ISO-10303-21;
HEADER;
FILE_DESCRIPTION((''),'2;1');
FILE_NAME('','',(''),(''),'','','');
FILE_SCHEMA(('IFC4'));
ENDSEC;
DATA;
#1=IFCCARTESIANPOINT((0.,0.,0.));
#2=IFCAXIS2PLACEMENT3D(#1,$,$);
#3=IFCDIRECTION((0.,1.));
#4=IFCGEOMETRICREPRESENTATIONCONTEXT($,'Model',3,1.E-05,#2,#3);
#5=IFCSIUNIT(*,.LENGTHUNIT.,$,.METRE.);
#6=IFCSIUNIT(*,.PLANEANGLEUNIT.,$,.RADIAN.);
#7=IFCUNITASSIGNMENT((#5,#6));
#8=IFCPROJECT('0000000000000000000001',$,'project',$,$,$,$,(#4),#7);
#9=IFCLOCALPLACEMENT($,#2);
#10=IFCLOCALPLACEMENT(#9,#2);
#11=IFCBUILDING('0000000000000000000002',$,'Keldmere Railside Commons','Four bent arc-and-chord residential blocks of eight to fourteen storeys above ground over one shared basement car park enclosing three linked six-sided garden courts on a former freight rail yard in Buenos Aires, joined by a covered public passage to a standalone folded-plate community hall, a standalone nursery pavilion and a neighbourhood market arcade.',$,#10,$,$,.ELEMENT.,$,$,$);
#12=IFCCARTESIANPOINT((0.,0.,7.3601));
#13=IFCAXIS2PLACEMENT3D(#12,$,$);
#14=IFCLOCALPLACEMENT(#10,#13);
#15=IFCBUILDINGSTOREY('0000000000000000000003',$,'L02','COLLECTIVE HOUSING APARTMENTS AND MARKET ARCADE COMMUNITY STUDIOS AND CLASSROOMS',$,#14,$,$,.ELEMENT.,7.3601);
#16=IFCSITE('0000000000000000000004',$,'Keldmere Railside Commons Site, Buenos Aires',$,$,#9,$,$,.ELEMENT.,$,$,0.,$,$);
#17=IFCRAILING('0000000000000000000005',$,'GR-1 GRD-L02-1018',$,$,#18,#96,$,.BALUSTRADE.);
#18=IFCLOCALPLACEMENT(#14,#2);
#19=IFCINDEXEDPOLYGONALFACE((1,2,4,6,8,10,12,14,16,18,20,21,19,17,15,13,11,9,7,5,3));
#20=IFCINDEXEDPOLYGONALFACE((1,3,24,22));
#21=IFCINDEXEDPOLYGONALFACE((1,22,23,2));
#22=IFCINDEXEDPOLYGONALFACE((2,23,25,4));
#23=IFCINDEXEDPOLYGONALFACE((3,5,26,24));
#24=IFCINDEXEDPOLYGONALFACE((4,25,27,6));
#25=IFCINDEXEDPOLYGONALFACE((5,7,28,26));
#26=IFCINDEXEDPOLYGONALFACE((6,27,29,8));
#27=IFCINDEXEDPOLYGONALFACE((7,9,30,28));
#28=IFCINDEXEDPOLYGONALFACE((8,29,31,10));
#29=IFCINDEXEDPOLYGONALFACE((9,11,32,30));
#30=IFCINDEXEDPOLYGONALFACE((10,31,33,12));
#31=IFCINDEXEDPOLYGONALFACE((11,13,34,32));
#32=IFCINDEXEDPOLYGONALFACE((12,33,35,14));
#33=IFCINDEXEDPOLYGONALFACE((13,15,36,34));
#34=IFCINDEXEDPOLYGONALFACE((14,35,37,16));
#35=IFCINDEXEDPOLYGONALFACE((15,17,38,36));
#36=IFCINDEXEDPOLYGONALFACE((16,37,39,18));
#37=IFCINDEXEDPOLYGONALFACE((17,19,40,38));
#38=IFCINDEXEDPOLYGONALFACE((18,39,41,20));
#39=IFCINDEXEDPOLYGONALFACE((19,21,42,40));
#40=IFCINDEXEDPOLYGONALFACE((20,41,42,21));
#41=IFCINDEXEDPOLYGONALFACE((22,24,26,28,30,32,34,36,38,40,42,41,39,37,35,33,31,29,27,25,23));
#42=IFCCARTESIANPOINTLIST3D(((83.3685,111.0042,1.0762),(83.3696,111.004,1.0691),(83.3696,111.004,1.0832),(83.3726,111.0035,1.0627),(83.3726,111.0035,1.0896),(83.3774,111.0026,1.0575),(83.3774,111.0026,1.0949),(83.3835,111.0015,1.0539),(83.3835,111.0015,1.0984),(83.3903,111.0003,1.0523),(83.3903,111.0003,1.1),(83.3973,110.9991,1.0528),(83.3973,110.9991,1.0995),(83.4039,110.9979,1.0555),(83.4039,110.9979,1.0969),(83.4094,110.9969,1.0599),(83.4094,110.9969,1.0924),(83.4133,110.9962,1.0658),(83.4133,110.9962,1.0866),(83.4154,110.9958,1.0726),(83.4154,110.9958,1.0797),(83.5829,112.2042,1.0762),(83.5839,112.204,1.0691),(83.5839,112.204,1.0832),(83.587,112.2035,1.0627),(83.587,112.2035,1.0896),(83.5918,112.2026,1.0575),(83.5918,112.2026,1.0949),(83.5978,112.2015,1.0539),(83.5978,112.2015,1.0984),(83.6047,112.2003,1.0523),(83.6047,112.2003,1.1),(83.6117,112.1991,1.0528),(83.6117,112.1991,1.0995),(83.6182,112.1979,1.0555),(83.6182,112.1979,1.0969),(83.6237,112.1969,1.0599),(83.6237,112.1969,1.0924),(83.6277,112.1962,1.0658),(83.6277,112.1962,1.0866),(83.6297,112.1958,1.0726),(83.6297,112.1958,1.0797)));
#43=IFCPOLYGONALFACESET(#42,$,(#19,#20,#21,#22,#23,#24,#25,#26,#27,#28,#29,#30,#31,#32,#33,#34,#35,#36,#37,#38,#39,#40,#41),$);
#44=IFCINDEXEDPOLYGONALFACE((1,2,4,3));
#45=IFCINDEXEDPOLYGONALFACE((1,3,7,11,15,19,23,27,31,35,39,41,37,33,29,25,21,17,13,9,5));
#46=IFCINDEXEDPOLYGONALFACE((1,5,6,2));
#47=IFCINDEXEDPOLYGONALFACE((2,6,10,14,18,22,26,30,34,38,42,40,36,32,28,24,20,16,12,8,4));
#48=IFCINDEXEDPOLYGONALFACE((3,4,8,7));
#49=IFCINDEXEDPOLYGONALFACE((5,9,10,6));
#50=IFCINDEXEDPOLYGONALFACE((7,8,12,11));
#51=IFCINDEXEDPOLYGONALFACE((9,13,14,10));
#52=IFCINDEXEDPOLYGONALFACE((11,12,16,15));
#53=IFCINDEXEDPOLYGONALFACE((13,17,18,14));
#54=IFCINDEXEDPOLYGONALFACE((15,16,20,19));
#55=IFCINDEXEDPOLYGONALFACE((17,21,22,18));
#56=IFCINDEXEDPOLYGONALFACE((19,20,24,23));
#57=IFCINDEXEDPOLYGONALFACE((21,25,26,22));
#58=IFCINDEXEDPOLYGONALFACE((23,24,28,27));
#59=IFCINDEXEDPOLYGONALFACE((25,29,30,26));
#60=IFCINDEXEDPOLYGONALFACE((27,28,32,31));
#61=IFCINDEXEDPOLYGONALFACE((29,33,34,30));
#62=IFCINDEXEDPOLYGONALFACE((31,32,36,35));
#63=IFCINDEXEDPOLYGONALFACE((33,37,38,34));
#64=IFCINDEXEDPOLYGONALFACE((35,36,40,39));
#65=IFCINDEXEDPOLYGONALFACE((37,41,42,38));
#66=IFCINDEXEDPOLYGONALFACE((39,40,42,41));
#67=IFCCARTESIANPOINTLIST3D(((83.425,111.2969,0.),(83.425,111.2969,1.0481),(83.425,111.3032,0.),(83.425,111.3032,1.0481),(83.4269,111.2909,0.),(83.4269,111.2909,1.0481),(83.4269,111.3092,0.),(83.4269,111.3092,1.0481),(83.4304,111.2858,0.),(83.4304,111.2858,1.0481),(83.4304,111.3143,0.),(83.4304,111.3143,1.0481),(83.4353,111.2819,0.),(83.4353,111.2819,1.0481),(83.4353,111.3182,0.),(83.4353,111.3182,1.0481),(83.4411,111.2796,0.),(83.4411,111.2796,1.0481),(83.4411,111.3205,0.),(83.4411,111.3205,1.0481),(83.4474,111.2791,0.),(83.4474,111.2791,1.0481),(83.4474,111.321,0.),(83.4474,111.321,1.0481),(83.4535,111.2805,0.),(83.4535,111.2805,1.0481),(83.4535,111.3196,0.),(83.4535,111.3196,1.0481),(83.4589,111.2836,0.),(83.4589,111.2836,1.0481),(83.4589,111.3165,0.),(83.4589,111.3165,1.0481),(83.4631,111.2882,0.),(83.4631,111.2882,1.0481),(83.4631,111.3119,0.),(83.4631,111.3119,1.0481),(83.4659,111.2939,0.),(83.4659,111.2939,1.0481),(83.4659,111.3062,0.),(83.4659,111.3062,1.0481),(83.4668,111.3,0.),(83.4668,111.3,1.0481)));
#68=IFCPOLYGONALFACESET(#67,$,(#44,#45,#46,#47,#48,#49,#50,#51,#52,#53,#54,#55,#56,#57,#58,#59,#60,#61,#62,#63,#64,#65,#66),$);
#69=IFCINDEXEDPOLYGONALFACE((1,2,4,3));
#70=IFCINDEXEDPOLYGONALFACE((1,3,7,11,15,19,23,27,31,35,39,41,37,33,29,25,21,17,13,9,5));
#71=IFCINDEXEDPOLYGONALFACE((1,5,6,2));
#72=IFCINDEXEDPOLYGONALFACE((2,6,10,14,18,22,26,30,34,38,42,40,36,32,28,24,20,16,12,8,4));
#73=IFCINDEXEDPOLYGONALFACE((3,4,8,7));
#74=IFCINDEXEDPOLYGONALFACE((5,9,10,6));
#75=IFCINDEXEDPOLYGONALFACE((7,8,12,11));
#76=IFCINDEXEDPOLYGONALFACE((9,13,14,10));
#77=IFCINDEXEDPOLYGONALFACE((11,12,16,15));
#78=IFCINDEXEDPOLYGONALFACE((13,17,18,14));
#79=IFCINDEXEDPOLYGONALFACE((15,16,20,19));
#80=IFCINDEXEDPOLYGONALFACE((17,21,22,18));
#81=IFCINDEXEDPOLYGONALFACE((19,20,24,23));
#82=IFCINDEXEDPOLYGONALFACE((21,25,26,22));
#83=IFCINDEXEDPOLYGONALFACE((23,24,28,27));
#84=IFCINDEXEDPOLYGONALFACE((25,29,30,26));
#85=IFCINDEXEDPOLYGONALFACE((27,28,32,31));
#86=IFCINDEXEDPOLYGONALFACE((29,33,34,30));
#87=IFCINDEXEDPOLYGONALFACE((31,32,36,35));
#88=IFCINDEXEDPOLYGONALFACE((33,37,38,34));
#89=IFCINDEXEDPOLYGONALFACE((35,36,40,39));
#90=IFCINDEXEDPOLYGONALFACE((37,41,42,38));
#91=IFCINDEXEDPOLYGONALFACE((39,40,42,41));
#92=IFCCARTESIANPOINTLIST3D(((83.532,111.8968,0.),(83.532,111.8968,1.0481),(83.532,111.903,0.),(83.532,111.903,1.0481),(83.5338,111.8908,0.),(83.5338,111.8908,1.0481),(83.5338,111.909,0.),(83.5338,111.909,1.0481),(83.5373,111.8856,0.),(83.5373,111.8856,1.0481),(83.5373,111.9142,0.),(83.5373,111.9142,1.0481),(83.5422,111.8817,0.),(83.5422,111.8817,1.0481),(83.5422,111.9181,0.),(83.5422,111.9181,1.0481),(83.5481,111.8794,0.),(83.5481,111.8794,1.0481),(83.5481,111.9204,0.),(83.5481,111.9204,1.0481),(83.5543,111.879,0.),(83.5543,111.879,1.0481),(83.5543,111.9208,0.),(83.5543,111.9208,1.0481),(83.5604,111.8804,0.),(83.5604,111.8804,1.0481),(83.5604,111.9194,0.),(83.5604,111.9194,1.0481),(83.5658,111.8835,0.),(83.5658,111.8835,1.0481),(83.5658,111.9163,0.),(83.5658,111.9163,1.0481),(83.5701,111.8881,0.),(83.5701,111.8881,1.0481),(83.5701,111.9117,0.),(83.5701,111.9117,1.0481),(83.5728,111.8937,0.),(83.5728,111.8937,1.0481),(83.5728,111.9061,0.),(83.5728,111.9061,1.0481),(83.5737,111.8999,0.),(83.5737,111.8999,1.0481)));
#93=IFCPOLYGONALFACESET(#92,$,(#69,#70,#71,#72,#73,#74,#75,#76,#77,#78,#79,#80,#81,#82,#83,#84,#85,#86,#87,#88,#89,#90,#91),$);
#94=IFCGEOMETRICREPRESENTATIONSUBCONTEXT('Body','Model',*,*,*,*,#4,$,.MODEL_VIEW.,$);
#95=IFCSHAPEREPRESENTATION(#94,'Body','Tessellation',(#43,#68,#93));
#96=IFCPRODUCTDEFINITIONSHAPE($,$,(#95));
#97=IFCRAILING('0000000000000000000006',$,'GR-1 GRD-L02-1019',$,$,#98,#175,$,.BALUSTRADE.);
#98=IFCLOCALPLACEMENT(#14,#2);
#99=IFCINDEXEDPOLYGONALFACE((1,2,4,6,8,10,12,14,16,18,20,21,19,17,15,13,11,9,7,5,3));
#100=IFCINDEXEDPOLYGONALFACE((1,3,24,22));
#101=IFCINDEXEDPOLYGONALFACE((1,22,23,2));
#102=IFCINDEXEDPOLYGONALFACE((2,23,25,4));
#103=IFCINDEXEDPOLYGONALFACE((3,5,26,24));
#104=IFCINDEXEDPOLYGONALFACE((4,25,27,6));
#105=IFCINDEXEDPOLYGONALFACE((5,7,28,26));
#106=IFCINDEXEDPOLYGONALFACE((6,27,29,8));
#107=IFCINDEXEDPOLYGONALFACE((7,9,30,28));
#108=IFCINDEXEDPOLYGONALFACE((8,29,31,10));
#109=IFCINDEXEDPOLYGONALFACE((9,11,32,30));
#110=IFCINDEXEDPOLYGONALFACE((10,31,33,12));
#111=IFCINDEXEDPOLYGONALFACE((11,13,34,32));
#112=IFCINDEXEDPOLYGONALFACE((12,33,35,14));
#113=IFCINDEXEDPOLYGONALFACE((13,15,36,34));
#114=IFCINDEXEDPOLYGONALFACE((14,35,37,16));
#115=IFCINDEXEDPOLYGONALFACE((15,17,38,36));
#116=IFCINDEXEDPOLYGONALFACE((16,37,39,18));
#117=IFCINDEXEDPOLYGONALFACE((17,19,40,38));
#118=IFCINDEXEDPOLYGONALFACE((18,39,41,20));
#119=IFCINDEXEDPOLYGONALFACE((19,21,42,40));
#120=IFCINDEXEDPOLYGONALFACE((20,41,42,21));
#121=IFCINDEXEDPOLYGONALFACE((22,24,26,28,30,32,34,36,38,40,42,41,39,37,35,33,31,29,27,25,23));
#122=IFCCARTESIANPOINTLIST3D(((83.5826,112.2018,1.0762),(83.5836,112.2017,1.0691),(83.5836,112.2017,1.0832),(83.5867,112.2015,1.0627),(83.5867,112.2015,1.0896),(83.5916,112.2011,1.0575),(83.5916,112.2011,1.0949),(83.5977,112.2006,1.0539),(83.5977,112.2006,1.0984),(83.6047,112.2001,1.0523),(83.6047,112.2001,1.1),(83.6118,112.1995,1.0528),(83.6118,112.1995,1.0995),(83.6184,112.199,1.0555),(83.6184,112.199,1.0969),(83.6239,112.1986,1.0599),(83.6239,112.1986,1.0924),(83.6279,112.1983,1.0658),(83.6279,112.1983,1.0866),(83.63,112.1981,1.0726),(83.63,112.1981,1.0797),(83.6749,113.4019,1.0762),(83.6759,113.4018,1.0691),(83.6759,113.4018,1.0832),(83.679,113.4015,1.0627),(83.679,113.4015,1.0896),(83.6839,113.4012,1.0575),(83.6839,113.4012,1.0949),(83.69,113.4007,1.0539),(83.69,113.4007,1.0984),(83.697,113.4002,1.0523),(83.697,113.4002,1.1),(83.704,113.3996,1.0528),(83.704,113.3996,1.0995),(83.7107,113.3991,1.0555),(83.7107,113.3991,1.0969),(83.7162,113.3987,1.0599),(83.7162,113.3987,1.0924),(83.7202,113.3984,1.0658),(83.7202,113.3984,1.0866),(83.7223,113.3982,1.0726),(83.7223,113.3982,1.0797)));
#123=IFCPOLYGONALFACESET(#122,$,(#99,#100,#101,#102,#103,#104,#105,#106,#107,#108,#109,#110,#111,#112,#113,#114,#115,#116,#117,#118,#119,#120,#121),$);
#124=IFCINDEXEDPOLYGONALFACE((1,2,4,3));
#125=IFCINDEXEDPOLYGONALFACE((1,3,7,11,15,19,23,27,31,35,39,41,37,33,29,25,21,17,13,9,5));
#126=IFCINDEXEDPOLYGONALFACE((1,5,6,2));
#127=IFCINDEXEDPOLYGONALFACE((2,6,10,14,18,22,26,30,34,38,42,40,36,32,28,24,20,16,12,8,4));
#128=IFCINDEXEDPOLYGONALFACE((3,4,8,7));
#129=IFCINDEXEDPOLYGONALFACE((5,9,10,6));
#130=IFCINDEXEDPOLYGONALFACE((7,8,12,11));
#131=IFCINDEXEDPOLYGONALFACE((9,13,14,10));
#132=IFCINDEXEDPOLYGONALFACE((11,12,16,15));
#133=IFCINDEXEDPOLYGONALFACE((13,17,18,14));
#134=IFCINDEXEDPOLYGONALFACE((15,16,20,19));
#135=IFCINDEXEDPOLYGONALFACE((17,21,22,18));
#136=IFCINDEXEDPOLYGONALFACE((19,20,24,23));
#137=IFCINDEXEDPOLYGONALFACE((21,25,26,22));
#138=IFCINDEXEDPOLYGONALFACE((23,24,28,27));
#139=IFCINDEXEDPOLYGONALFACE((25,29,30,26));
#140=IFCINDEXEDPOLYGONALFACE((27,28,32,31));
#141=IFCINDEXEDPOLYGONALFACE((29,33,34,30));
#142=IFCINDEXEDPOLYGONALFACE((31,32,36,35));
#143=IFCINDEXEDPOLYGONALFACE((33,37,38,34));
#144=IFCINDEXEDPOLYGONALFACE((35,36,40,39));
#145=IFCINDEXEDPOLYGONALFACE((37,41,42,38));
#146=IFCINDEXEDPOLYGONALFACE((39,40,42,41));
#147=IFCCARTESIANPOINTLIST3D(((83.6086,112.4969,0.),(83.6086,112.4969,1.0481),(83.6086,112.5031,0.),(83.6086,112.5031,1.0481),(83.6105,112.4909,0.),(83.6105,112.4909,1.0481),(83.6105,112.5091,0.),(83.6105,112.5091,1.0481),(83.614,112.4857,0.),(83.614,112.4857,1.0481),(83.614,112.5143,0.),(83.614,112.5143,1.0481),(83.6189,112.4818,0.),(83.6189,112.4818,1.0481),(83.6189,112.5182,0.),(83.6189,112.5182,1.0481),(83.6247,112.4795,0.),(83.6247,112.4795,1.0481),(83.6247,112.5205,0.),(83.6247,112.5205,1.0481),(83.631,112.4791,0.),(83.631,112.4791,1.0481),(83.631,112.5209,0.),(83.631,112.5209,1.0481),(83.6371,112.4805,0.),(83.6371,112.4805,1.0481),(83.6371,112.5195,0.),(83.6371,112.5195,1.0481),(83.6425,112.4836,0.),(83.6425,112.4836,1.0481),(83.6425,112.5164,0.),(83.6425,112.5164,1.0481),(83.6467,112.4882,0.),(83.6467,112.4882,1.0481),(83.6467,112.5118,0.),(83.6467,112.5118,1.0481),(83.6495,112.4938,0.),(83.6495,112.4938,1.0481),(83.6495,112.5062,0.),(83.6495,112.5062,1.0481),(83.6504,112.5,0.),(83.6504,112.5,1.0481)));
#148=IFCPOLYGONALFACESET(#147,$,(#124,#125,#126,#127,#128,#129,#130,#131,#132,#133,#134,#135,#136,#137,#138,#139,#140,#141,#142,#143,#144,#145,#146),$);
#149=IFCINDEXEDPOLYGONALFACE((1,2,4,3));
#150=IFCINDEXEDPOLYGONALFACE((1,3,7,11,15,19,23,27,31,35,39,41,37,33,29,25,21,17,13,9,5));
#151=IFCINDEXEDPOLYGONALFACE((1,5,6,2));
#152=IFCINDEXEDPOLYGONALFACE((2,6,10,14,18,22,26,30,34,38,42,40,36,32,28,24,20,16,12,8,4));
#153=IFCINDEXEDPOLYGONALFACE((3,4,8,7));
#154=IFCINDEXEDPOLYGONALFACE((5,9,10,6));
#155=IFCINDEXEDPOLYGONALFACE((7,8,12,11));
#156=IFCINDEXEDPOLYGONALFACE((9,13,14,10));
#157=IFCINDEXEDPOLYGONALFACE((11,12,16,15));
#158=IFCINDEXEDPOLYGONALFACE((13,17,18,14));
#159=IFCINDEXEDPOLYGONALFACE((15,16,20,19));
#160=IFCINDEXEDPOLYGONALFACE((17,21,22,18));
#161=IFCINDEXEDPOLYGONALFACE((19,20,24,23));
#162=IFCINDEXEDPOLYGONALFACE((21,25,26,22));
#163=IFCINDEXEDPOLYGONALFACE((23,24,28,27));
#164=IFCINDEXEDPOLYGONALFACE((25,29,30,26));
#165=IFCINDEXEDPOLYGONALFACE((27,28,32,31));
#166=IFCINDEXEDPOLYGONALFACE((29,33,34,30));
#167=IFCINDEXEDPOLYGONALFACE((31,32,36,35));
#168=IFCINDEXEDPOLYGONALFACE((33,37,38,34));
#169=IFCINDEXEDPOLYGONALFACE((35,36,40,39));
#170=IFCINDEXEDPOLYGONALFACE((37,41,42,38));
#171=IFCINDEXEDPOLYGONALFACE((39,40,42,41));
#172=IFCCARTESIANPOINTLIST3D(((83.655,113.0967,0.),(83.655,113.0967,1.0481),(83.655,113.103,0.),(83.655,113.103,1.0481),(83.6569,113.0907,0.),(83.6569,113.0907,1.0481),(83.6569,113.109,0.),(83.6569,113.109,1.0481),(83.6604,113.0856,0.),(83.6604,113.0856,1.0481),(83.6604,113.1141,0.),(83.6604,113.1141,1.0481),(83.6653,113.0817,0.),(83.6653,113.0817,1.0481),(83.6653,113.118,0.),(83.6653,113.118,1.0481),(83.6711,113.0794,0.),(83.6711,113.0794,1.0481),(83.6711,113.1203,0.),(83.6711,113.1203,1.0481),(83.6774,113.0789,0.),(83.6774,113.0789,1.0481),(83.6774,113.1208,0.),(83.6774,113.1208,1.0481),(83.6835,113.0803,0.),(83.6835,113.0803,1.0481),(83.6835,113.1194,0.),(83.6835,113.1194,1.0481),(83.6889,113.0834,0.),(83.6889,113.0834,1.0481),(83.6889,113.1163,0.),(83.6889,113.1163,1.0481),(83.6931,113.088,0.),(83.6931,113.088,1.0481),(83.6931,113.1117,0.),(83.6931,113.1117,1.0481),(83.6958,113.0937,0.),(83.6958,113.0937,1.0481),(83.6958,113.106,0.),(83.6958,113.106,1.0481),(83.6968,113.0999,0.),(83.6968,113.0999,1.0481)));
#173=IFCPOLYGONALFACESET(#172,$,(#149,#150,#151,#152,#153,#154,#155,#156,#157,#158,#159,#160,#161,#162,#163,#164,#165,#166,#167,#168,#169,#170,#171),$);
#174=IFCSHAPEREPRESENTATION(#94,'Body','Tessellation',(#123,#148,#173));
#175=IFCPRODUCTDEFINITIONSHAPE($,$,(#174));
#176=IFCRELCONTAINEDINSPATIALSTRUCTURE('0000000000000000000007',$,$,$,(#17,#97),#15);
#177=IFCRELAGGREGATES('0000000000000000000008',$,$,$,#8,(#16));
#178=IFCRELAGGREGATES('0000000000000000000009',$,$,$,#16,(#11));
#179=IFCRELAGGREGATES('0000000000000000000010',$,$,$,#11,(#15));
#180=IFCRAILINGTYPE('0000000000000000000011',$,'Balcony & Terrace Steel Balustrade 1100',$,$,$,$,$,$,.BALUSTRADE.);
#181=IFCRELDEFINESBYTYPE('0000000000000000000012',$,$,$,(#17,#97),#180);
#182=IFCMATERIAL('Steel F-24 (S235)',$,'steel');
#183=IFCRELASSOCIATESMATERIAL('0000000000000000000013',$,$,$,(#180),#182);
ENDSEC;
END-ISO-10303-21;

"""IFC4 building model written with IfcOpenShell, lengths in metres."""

from ifc_helpers import new_model, si_unit, direction, frame, origin, origin_2d, place, context, subcontext, project, spatial, circle, extrude, material, type_object, element, save


model = new_model("IFC4")

# Units and contexts
model_context = context("Model", 3, precision=1e-05, world=origin(), true_north=direction((0.0, 1.0)))
body_context = subcontext(model_context, "Body", "Model", "MODEL_VIEW")
ifc_project = project(units=[si_unit("LENGTHUNIT", "METRE"), si_unit("PLANEANGLEUNIT", "RADIAN")], contexts=[model_context])

# Site, building, storey
site_placement = place(None, origin())
site = spatial("IfcSite", under=ifc_project, at=site_placement, Name="Keldmere Railside Commons Site, Buenos Aires", CompositionType="ELEMENT", RefElevation=0.0)
building_placement = place(site_placement, origin())
building = spatial("IfcBuilding", under=site, at=building_placement, Name="Keldmere Railside Commons", Description="Four bent arc-and-chord residential blocks of eight to fourteen storeys above ground over one shared basement car park enclosing three linked six-sided garden courts on a former freight rail yard in Buenos Aires, joined by a covered public passage to a standalone folded-plate community hall, a standalone nursery pavilion and a neighbourhood market arcade.", CompositionType="ELEMENT")
storey_placement = place(building_placement, frame((0.0, 0.0, 7.3601)))
storey = spatial("IfcBuildingStorey", under=building, at=storey_placement, Name="L02", Description="COLLECTIVE HOUSING APARTMENTS AND MARKET ARCADE COMMUNITY STUDIOS AND CLASSROOMS", CompositionType="ELEMENT", Elevation=7.3601)

# Railings
ifc_material_1 = material(Name="Steel F-24 (S235)", Category="steel")
railing_type = type_object("IfcRailingType", Name="Balcony & Terrace Steel Balustrade 1100", PredefinedType="BALUSTRADE", material=ifc_material_1)
railing_1_placement = place(storey_placement, frame((83.3921, 111.0, 0.0)))
element("IfcRailing", 1, at=railing_1_placement, inside=storey, type_object=railing_type, Name="GR-1 GRD-L02-1018", PredefinedType="BALUSTRADE", context=body_context, shape_type="SweptSolid", body=[
    extrude(circle(Radius=0.0239, at=origin_2d()), frame((0.0, 0.0, 1.0762), z_axis=(0.175853, 0.984416, 0.0), x_axis=(-0.984416, 0.175853, 0.0)), (0.0, 0.0, 1.0), 1.219),
    extrude(circle(Radius=0.021, at=origin_2d()), frame((0.0537, 0.3, 0.0)), (0.0, 0.0, 1.0), 1.0481),
    extrude(circle(Radius=0.021, at=origin_2d()), frame((0.1606, 0.8999, 0.0)), (0.0, 0.0, 1.0), 1.0481),
])
railing_2_placement = place(storey_placement, frame((83.6064, 112.2, 0.0)))
element("IfcRailing", 2, at=railing_2_placement, inside=storey, type_object=railing_type, Name="GR-1 GRD-L02-1019", PredefinedType="BALUSTRADE", context=body_context, shape_type="SweptSolid", body=[
    extrude(circle(Radius=0.0239, at=origin_2d()), frame((0.0, 0.0, 1.0762), z_axis=(0.076681, 0.997056, 0.0), x_axis=(-0.997056, 0.076681, 0.0)), (0.0, 0.0, 1.0), 1.2036),
    extrude(circle(Radius=0.021, at=origin_2d()), frame((0.0229, 0.3, 0.0)), (0.0, 0.0, 1.0), 1.0481),
    extrude(circle(Radius=0.021, at=origin_2d()), frame((0.0693, 0.8999, 0.0)), (0.0, 0.0, 1.0), 1.0481),
])

save(model, "model.ifc")
